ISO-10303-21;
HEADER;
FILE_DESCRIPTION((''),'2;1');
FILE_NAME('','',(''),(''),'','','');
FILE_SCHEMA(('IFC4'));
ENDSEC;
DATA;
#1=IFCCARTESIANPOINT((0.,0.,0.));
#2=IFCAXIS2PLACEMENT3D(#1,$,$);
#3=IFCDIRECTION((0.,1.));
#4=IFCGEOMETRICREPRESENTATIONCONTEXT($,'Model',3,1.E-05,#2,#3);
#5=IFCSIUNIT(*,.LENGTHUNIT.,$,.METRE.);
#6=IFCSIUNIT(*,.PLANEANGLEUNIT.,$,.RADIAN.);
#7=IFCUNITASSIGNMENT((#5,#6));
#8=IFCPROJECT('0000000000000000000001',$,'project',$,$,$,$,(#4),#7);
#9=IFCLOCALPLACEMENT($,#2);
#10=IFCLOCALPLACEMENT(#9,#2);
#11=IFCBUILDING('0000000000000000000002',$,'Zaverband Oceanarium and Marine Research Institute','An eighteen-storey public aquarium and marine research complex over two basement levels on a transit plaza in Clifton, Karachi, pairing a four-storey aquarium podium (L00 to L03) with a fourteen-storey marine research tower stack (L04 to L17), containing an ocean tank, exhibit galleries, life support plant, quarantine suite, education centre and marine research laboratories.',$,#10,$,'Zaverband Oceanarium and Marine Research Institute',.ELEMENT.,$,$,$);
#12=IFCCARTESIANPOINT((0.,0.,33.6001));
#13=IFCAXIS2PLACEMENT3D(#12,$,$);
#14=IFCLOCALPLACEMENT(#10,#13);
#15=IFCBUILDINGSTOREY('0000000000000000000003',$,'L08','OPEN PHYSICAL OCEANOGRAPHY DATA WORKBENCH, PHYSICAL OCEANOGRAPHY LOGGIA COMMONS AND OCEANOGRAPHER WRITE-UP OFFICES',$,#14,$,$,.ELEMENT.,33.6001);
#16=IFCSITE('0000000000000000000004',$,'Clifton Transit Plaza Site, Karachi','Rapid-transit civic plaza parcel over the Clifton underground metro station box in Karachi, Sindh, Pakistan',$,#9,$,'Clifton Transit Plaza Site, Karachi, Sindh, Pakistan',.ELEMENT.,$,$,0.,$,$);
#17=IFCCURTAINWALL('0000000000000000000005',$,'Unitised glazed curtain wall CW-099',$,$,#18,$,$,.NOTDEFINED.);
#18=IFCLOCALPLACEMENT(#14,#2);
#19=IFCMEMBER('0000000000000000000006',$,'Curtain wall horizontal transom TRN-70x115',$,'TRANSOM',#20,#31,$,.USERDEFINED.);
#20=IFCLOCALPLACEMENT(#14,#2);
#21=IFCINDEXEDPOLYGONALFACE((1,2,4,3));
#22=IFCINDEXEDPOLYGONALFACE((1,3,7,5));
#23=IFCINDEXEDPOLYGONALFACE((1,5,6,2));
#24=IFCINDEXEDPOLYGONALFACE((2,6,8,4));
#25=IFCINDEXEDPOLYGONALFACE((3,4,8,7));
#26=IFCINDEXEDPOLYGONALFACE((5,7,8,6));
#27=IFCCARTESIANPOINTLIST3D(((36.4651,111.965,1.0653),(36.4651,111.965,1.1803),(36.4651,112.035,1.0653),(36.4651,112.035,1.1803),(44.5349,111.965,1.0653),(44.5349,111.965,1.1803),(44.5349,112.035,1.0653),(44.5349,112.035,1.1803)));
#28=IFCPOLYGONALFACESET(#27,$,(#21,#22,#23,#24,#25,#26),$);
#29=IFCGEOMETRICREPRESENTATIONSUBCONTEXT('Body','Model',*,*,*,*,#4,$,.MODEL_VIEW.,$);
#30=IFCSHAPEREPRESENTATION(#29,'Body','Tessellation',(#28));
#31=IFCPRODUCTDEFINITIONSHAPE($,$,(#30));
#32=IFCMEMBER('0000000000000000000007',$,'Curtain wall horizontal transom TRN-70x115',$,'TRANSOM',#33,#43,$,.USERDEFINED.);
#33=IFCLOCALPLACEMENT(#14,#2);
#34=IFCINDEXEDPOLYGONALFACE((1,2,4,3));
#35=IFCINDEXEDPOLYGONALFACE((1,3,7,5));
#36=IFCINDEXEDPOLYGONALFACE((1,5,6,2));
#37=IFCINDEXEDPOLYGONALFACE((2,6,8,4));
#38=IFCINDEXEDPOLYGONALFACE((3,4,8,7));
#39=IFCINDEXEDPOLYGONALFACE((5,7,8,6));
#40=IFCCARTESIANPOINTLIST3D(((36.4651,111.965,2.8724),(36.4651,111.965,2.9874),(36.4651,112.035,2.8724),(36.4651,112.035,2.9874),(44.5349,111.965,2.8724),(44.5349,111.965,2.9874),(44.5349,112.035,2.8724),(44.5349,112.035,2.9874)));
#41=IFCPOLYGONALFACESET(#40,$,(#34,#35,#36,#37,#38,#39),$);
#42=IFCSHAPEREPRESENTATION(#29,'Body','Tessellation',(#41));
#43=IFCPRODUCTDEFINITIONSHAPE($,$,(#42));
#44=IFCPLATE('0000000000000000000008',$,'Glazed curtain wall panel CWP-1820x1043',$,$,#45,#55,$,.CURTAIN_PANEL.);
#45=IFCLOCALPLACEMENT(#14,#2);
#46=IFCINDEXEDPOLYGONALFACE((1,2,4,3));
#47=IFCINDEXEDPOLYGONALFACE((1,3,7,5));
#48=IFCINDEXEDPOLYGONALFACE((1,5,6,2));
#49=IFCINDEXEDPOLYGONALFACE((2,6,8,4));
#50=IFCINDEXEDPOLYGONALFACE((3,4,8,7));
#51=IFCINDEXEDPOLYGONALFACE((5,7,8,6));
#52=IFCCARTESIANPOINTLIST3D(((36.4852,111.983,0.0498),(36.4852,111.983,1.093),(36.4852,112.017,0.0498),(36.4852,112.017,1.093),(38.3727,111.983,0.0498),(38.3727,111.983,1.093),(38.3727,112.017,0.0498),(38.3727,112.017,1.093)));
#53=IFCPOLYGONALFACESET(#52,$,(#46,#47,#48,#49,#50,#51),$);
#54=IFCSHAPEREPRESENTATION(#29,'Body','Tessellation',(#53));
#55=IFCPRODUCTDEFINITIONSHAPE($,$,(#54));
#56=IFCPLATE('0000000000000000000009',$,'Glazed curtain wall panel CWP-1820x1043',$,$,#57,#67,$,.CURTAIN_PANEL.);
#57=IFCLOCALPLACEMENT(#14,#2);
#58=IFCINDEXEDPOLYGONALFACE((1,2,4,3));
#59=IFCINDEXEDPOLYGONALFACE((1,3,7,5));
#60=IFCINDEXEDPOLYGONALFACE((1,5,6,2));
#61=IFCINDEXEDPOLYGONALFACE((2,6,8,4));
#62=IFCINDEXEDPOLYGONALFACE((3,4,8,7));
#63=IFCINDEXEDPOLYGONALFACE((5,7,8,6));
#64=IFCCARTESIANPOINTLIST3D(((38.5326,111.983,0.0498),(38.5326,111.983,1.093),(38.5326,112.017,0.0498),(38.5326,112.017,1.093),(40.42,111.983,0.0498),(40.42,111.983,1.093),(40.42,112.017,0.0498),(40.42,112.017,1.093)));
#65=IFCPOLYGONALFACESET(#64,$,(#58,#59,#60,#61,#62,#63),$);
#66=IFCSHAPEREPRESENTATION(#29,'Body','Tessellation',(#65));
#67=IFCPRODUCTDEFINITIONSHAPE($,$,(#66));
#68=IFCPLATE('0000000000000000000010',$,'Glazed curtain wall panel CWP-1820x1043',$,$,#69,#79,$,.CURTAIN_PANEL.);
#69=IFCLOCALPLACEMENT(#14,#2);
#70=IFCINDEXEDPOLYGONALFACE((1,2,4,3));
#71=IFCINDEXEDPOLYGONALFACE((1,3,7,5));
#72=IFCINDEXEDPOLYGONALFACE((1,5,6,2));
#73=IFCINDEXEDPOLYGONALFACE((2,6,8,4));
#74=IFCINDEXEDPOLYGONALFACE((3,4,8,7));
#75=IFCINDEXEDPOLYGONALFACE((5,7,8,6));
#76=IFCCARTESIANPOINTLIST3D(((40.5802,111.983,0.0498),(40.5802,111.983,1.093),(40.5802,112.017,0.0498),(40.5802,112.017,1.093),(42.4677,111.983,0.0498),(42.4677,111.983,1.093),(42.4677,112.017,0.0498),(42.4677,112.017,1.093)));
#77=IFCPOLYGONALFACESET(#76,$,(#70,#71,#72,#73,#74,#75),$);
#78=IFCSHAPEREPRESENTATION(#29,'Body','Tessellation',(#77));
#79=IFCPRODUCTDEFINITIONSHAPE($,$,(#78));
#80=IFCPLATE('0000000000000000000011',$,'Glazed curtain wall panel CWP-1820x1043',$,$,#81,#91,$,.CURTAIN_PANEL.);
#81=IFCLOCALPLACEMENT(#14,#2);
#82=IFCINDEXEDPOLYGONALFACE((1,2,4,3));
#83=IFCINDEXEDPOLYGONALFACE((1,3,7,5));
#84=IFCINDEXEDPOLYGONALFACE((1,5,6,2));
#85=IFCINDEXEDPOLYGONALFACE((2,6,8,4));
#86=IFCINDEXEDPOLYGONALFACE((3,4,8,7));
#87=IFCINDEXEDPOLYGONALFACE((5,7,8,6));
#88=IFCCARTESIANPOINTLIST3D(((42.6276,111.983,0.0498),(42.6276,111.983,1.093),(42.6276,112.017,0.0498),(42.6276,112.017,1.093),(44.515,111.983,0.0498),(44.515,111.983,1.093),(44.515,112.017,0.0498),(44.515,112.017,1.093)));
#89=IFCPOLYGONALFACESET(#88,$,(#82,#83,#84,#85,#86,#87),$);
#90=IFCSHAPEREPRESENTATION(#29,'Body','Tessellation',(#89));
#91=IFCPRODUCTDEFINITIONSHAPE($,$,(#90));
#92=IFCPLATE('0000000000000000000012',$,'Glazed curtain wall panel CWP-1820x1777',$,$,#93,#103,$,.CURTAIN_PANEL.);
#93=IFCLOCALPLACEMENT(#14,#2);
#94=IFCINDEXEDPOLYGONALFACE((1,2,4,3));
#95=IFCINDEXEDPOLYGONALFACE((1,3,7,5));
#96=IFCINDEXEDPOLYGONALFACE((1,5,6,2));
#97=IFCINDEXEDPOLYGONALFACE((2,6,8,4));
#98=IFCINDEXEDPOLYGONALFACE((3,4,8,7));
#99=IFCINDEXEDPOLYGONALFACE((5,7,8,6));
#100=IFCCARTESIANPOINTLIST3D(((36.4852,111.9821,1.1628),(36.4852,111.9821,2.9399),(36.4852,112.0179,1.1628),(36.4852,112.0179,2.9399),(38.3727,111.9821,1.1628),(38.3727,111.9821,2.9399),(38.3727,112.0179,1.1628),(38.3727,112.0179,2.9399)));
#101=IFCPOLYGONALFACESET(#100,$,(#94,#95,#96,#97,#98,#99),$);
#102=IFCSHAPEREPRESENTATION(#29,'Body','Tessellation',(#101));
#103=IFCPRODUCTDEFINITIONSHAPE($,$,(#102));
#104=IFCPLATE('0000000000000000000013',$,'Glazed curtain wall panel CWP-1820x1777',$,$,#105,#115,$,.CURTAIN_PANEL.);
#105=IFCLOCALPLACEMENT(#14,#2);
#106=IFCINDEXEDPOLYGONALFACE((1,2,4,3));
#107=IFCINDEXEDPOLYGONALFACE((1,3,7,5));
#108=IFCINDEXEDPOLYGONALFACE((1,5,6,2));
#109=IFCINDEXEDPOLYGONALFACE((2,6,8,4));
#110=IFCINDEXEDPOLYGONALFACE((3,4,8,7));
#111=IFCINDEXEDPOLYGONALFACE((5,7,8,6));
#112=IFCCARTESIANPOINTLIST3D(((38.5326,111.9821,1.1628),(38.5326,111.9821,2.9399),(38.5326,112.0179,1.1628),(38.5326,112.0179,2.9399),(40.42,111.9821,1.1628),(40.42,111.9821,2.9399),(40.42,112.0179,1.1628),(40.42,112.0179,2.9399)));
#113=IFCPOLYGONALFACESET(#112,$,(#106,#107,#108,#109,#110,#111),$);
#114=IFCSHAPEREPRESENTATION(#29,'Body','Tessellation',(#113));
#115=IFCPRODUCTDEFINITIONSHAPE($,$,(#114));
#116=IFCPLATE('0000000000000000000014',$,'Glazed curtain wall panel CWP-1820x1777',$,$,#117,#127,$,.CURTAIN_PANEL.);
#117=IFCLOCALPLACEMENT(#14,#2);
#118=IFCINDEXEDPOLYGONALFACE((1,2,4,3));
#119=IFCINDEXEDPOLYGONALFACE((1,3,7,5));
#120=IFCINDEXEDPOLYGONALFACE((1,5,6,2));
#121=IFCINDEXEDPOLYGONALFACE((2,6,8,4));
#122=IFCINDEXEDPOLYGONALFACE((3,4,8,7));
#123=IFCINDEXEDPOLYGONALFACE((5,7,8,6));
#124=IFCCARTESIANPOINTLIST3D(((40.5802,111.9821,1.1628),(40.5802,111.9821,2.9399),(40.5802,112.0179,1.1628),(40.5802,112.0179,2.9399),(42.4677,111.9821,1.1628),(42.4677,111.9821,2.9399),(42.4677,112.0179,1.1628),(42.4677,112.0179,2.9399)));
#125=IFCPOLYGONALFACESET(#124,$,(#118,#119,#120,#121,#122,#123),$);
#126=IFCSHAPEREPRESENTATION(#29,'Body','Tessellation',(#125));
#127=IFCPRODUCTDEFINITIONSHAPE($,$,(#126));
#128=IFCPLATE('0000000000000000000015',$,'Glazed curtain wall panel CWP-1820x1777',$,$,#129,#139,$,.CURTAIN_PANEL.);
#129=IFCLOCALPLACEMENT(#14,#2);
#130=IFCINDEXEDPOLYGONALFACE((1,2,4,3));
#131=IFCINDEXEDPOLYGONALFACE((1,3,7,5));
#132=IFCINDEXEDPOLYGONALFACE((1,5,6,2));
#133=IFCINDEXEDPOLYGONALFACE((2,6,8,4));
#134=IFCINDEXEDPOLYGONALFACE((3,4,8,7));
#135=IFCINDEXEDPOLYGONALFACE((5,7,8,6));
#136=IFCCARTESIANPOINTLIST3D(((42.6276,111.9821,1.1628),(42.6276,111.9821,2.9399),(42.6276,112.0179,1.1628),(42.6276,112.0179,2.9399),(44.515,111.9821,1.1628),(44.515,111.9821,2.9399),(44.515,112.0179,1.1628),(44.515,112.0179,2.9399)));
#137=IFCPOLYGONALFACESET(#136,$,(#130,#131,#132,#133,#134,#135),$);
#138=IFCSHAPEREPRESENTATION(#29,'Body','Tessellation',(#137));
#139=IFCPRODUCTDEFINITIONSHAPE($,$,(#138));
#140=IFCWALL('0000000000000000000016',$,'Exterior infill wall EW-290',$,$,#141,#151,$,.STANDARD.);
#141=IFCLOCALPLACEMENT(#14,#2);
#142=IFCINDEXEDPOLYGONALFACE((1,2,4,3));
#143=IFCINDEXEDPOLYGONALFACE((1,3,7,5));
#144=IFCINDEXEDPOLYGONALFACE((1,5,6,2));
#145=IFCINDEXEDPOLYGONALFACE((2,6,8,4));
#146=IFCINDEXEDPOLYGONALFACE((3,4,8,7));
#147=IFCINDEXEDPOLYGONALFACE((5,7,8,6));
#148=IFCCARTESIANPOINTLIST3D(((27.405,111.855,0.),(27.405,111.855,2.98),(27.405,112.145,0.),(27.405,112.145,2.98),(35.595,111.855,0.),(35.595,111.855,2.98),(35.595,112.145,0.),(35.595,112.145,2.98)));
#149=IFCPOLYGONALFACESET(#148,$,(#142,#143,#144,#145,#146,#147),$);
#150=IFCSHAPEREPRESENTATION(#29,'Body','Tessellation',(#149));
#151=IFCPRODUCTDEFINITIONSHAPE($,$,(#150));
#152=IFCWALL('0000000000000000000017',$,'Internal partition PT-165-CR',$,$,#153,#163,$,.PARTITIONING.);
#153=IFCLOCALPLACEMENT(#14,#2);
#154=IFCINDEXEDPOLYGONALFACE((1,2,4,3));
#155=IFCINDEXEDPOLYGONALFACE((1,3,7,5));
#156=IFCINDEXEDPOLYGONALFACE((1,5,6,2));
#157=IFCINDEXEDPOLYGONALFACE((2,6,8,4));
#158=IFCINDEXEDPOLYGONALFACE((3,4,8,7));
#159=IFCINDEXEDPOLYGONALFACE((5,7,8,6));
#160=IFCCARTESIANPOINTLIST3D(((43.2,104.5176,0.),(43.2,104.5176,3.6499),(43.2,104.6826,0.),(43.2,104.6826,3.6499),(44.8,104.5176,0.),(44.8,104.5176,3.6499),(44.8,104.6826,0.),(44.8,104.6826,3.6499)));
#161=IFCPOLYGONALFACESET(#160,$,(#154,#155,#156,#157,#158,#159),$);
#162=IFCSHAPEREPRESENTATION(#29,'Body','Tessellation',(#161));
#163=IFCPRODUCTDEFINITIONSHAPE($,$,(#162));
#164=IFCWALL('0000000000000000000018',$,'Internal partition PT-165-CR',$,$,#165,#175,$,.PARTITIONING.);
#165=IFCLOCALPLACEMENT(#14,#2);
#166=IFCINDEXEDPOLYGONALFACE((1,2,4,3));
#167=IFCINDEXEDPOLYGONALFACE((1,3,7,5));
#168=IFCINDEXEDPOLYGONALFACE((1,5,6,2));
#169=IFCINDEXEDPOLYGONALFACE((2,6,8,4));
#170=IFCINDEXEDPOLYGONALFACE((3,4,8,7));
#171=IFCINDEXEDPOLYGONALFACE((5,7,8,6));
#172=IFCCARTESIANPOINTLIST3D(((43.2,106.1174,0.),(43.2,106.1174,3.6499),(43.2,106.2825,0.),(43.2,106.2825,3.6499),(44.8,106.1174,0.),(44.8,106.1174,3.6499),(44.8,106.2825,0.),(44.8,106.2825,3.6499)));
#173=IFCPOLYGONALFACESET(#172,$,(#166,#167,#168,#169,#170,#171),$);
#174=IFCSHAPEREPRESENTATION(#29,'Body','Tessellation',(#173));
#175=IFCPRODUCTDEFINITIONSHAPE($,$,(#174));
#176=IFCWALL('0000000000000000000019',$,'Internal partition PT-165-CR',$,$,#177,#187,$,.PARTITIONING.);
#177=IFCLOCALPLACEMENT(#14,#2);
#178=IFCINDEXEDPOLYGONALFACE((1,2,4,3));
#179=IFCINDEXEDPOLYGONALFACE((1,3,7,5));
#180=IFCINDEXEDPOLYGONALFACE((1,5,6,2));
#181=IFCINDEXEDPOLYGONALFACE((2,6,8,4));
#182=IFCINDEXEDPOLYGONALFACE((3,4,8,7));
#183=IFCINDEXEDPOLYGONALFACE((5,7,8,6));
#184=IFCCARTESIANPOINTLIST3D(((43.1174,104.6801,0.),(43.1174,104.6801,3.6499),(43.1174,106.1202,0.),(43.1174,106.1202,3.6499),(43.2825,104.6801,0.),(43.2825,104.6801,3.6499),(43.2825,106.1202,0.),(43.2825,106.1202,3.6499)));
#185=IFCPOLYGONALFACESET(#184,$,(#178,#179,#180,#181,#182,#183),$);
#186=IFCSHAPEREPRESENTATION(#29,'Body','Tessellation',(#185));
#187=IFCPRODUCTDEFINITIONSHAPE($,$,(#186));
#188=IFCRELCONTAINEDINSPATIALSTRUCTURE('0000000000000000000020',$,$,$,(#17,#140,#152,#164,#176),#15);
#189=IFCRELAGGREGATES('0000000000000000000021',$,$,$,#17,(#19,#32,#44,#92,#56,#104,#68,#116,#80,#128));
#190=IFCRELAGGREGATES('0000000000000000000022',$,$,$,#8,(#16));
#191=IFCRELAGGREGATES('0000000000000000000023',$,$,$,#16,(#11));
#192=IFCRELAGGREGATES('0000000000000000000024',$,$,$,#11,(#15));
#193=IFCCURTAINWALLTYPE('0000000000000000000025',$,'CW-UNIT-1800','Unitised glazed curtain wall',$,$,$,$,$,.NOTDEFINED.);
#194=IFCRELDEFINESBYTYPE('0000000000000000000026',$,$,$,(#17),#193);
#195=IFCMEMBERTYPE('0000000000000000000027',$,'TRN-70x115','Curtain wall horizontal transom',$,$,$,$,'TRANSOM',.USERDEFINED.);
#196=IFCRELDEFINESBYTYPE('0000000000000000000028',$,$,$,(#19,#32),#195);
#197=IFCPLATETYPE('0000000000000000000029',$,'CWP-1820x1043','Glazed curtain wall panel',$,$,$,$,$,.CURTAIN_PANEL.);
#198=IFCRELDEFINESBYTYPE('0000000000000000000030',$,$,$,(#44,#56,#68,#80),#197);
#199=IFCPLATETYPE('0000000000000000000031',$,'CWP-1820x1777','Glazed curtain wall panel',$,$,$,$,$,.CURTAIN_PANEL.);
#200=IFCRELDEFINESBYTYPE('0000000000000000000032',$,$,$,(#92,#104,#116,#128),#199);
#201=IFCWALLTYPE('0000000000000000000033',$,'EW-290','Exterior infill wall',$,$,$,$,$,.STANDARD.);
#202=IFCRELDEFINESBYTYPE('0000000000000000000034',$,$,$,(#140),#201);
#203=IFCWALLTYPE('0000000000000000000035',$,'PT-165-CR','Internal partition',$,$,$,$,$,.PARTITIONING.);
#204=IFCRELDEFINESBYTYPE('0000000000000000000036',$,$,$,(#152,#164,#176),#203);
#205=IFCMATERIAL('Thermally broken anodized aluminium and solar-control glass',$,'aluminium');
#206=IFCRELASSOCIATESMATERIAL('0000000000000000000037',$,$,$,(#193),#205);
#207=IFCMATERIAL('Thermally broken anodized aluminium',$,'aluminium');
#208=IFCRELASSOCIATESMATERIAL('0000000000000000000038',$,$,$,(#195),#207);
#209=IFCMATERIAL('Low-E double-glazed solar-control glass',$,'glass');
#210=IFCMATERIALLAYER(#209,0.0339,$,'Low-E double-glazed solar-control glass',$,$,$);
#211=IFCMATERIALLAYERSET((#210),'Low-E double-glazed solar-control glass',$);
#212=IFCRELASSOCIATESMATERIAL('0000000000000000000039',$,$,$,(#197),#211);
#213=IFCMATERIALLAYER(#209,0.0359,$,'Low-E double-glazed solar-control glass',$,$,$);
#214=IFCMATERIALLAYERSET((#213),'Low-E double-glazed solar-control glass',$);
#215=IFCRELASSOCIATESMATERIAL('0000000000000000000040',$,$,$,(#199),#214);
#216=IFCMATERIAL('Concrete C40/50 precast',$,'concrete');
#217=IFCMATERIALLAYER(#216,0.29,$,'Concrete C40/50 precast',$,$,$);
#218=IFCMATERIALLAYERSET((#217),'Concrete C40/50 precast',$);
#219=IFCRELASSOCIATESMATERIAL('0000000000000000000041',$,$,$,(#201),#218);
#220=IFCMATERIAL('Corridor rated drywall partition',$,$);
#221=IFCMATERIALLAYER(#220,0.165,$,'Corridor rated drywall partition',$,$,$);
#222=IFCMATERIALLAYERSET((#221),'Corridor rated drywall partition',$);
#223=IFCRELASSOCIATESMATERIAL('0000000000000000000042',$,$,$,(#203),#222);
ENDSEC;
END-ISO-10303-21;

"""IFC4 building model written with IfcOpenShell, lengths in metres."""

from ifc_helpers import new_model, si_unit, direction, frame, frame_2d, origin, origin_2d, place, context, subcontext, project, spatial, rectangle, extrude, material, layer, layer_set, material_profile, profile_set, type_object, element, aggregate, save


model = new_model("IFC4")

# Units and contexts
model_context = context("Model", 3, precision=1e-05, world=origin(), true_north=direction((0.0, 1.0)))
body_context = subcontext(model_context, "Body", "Model", "MODEL_VIEW")
ifc_project = project(units=[si_unit("LENGTHUNIT", "METRE"), si_unit("PLANEANGLEUNIT", "RADIAN")], contexts=[model_context])

# Site, building, storey
site_placement = place(None, origin())
site = spatial("IfcSite", under=ifc_project, at=site_placement, Name="Clifton Transit Plaza Site, Karachi", Description="Rapid-transit civic plaza parcel over the Clifton underground metro station box in Karachi, Sindh, Pakistan", LongName="Clifton Transit Plaza Site, Karachi, Sindh, Pakistan", CompositionType="ELEMENT", RefElevation=0.0)
building_placement = place(site_placement, origin())
building = spatial("IfcBuilding", under=site, at=building_placement, Name="Zaverband Oceanarium and Marine Research Institute", Description="An eighteen-storey public aquarium and marine research complex over two basement levels on a transit plaza in Clifton, Karachi, pairing a four-storey aquarium podium (L00 to L03) with a fourteen-storey marine research tower stack (L04 to L17), containing an ocean tank, exhibit galleries, life support plant, quarantine suite, education centre and marine research laboratories.", LongName="Zaverband Oceanarium and Marine Research Institute", CompositionType="ELEMENT")
storey_placement = place(building_placement, frame((0.0, 0.0, 33.6001)))
storey = spatial("IfcBuildingStorey", under=building, at=storey_placement, Name="L08", Description="OPEN PHYSICAL OCEANOGRAPHY DATA WORKBENCH, PHYSICAL OCEANOGRAPHY LOGGIA COMMONS AND OCEANOGRAPHER WRITE-UP OFFICES", CompositionType="ELEMENT", Elevation=33.6001)

# Curtain wall
ifc_material_1 = material(Name="Thermally broken anodized aluminium and solar-control glass", Category="aluminium")
curtain_wall_type = type_object("IfcCurtainWallType", Name="CW-UNIT-1800", Description="Unitised glazed curtain wall", PredefinedType="NOTDEFINED", material=ifc_material_1)
curtain_wall_placement = place(storey_placement, origin())
curtain_wall = element("IfcCurtainWall", 1, at=curtain_wall_placement, inside=storey, type_object=curtain_wall_type, Name="Unitised glazed curtain wall CW-099", PredefinedType="NOTDEFINED")
ifc_material_2 = material(Name="Thermally broken anodized aluminium", Category="aluminium")

# Members
ifc_material_profile_1 = material_profile(ifc_material_2, rectangle(XDim=0.0701, YDim=0.115, at=origin_2d()), Name="AL-TRN-70x115")
ifc_profile_set_1 = profile_set([ifc_material_profile_1], Name="Thermally broken anodized aluminium")
member_type_1 = type_object("IfcMemberType", Name="TRN-70x115", Description="Curtain wall horizontal transom", ElementType="TRANSOM", PredefinedType="USERDEFINED", material=ifc_profile_set_1)
member_1_placement = place(storey_placement, frame((36.4651, 112.0, 1.1228), z_axis=(1.0, 0.0, 0.0), x_axis=(0.0, 1.0, 0.0)))
member_1 = element("IfcMember", 2, at=member_1_placement, type_object=member_type_1, Name="Curtain wall horizontal transom TRN-70x115", ObjectType="TRANSOM", PredefinedType="USERDEFINED", context=body_context, shape_type="SweptSolid", body=[
    extrude(rectangle(XDim=0.0701, YDim=0.115, at=origin_2d()), origin(), (0.0, 0.0, 1.0), 8.0698),
])
member_2_placement = place(storey_placement, frame((36.4651, 112.0, 2.9299), z_axis=(1.0, 0.0, 0.0), x_axis=(0.0, 1.0, 0.0)))
member_2 = element("IfcMember", 3, at=member_2_placement, type_object=member_type_1, Name="Curtain wall horizontal transom TRN-70x115", ObjectType="TRANSOM", PredefinedType="USERDEFINED", context=body_context, shape_type="SweptSolid", body=[
    extrude(rectangle(XDim=0.0701, YDim=0.115, at=origin_2d()), origin(), (0.0, 0.0, 1.0), 8.0698),
])

# Plates
ifc_material_3 = material(Name="Low-E double-glazed solar-control glass", Category="glass")
ifc_layer_1 = layer(ifc_material_3, 0.0339, Name="Low-E double-glazed solar-control glass")
ifc_layer_set_1 = layer_set([ifc_layer_1], Name="Low-E double-glazed solar-control glass")
plate_type_1 = type_object("IfcPlateType", Name="CWP-1820x1043", Description="Glazed curtain wall panel", PredefinedType="CURTAIN_PANEL", material=ifc_layer_set_1)
plate_1_placement = place(storey_placement, frame((36.4851, 112.0, 0.0498), z_axis=(0.0, 0.0, 1.0), x_axis=(1.0, 0.0, 0.0)))
plate_1 = element("IfcPlate", 4, at=plate_1_placement, type_object=plate_type_1, Name="Glazed curtain wall panel CWP-1820x1043", PredefinedType="CURTAIN_PANEL", context=body_context, shape_type="SweptSolid", body=[
    extrude(rectangle(XDim=1.8875, YDim=0.0339, at=frame_2d((0.9438, 0.0))), origin(), (0.0, 0.0, 1.0), 1.0432),
])
plate_2_placement = place(storey_placement, frame((38.5325, 112.0, 0.0498), z_axis=(0.0, 0.0, 1.0), x_axis=(1.0, 0.0, 0.0)))
plate_2 = element("IfcPlate", 5, at=plate_2_placement, type_object=plate_type_1, Name="Glazed curtain wall panel CWP-1820x1043", PredefinedType="CURTAIN_PANEL", context=body_context, shape_type="SweptSolid", body=[
    extrude(rectangle(XDim=1.8875, YDim=0.0339, at=frame_2d((0.9438, 0.0))), origin(), (0.0, 0.0, 1.0), 1.0432),
])
plate_3_placement = place(storey_placement, frame((40.5801, 112.0, 0.0498), z_axis=(0.0, 0.0, 1.0), x_axis=(1.0, 0.0, 0.0)))
plate_3 = element("IfcPlate", 6, at=plate_3_placement, type_object=plate_type_1, Name="Glazed curtain wall panel CWP-1820x1043", PredefinedType="CURTAIN_PANEL", context=body_context, shape_type="SweptSolid", body=[
    extrude(rectangle(XDim=1.8875, YDim=0.0339, at=frame_2d((0.9438, 0.0))), origin(), (0.0, 0.0, 1.0), 1.0432),
])
plate_4_placement = place(storey_placement, frame((42.6274, 112.0, 0.0498), z_axis=(0.0, 0.0, 1.0), x_axis=(1.0, 0.0, 0.0)))
plate_4 = element("IfcPlate", 7, at=plate_4_placement, type_object=plate_type_1, Name="Glazed curtain wall panel CWP-1820x1043", PredefinedType="CURTAIN_PANEL", context=body_context, shape_type="SweptSolid", body=[
    extrude(rectangle(XDim=1.8875, YDim=0.0339, at=frame_2d((0.9438, 0.0))), origin(), (0.0, 0.0, 1.0), 1.0432),
])
ifc_layer_2 = layer(ifc_material_3, 0.0359, Name="Low-E double-glazed solar-control glass")
ifc_layer_set_2 = layer_set([ifc_layer_2], Name="Low-E double-glazed solar-control glass")
plate_type_2 = type_object("IfcPlateType", Name="CWP-1820x1777", Description="Glazed curtain wall panel", PredefinedType="CURTAIN_PANEL", material=ifc_layer_set_2)
plate_5_placement = place(storey_placement, frame((36.4851, 112.0, 1.1628), z_axis=(0.0, 0.0, 1.0), x_axis=(1.0, 0.0, 0.0)))
plate_5 = element("IfcPlate", 8, at=plate_5_placement, type_object=plate_type_2, Name="Glazed curtain wall panel CWP-1820x1777", PredefinedType="CURTAIN_PANEL", context=body_context, shape_type="SweptSolid", body=[
    extrude(rectangle(XDim=1.8875, YDim=0.0359, at=frame_2d((0.9438, 0.0))), origin(), (0.0, 0.0, 1.0), 1.7771),
])
plate_6_placement = place(storey_placement, frame((38.5325, 112.0, 1.1628), z_axis=(0.0, 0.0, 1.0), x_axis=(1.0, 0.0, 0.0)))
plate_6 = element("IfcPlate", 9, at=plate_6_placement, type_object=plate_type_2, Name="Glazed curtain wall panel CWP-1820x1777", PredefinedType="CURTAIN_PANEL", context=body_context, shape_type="SweptSolid", body=[
    extrude(rectangle(XDim=1.8875, YDim=0.0359, at=frame_2d((0.9438, 0.0))), origin(), (0.0, 0.0, 1.0), 1.7771),
])
plate_7_placement = place(storey_placement, frame((40.5801, 112.0, 1.1628), z_axis=(0.0, 0.0, 1.0), x_axis=(1.0, 0.0, 0.0)))
plate_7 = element("IfcPlate", 10, at=plate_7_placement, type_object=plate_type_2, Name="Glazed curtain wall panel CWP-1820x1777", PredefinedType="CURTAIN_PANEL", context=body_context, shape_type="SweptSolid", body=[
    extrude(rectangle(XDim=1.8875, YDim=0.0359, at=frame_2d((0.9438, 0.0))), origin(), (0.0, 0.0, 1.0), 1.7771),
])
plate_8_placement = place(storey_placement, frame((42.6274, 112.0, 1.1628), z_axis=(0.0, 0.0, 1.0), x_axis=(1.0, 0.0, 0.0)))
plate_8 = element("IfcPlate", 11, at=plate_8_placement, type_object=plate_type_2, Name="Glazed curtain wall panel CWP-1820x1777", PredefinedType="CURTAIN_PANEL", context=body_context, shape_type="SweptSolid", body=[
    extrude(rectangle(XDim=1.8875, YDim=0.0359, at=frame_2d((0.9438, 0.0))), origin(), (0.0, 0.0, 1.0), 1.7771),
])
aggregate(curtain_wall, [member_1, member_2, plate_1, plate_5, plate_2, plate_6, plate_3, plate_7, plate_4, plate_8])

# Walls
ifc_material_4 = material(Name="Concrete C40/50 precast", Category="concrete")
ifc_layer_3 = layer(ifc_material_4, 0.29, Name="Concrete C40/50 precast")
ifc_layer_set_3 = layer_set([ifc_layer_3], Name="Concrete C40/50 precast")
wall_type_1 = type_object("IfcWallType", Name="EW-290", Description="Exterior infill wall", PredefinedType="STANDARD", material=ifc_layer_set_3)
wall_1_placement = place(storey_placement, frame((27.405, 112.0, 0.0), z_axis=(0.0, 0.0, 1.0), x_axis=(1.0, 0.0, 0.0)))
element("IfcWall", 12, at=wall_1_placement, inside=storey, type_object=wall_type_1, Name="Exterior infill wall EW-290", PredefinedType="STANDARD", context=body_context, shape_type="SweptSolid", body=[
    extrude(rectangle(XDim=8.1899, YDim=0.29, at=frame_2d((4.095, 0.0))), origin(), (0.0, 0.0, 1.0), 2.98),
])
ifc_material_5 = material(Name="Corridor rated drywall partition")
ifc_layer_4 = layer(ifc_material_5, 0.165, Name="Corridor rated drywall partition")
ifc_layer_set_4 = layer_set([ifc_layer_4], Name="Corridor rated drywall partition")
wall_type_2 = type_object("IfcWallType", Name="PT-165-CR", Description="Internal partition", PredefinedType="PARTITIONING", material=ifc_layer_set_4)
for number, where, z_axis, x_axis, name in (
    (13, (43.2, 104.6001, 0.0), (0.0, 0.0, 1.0), (1.0, 0.0, 0.0), "Internal partition PT-165-CR"),
    (14, (43.2, 106.2, 0.0), (0.0, 0.0, 1.0), (1.0, 0.0, 0.0), "Internal partition PT-165-CR"),
):
    element("IfcWall", number, at=place(storey_placement, frame(where, z_axis=z_axis, x_axis=x_axis)), inside=storey, type_object=wall_type_2, Name=name, PredefinedType="PARTITIONING", context=body_context, shape_type="SweptSolid", body=[
        extrude(rectangle(XDim=1.6001, YDim=0.165, at=frame_2d((0.8, 0.0))), origin(), (0.0, 0.0, 1.0), 3.6499),
    ])
wall_2_placement = place(storey_placement, frame((43.2, 104.6799, 0.0), z_axis=(0.0, 0.0, 1.0), x_axis=(0.0, 1.0, 0.0)))
element("IfcWall", 15, at=wall_2_placement, inside=storey, type_object=wall_type_2, Name="Internal partition PT-165-CR", PredefinedType="PARTITIONING", context=body_context, shape_type="SweptSolid", body=[
    extrude(rectangle(XDim=1.4402, YDim=0.165, at=frame_2d((0.7202, 0.0))), origin(), (0.0, 0.0, 1.0), 3.6499),
])

save(model, "model.ifc")
